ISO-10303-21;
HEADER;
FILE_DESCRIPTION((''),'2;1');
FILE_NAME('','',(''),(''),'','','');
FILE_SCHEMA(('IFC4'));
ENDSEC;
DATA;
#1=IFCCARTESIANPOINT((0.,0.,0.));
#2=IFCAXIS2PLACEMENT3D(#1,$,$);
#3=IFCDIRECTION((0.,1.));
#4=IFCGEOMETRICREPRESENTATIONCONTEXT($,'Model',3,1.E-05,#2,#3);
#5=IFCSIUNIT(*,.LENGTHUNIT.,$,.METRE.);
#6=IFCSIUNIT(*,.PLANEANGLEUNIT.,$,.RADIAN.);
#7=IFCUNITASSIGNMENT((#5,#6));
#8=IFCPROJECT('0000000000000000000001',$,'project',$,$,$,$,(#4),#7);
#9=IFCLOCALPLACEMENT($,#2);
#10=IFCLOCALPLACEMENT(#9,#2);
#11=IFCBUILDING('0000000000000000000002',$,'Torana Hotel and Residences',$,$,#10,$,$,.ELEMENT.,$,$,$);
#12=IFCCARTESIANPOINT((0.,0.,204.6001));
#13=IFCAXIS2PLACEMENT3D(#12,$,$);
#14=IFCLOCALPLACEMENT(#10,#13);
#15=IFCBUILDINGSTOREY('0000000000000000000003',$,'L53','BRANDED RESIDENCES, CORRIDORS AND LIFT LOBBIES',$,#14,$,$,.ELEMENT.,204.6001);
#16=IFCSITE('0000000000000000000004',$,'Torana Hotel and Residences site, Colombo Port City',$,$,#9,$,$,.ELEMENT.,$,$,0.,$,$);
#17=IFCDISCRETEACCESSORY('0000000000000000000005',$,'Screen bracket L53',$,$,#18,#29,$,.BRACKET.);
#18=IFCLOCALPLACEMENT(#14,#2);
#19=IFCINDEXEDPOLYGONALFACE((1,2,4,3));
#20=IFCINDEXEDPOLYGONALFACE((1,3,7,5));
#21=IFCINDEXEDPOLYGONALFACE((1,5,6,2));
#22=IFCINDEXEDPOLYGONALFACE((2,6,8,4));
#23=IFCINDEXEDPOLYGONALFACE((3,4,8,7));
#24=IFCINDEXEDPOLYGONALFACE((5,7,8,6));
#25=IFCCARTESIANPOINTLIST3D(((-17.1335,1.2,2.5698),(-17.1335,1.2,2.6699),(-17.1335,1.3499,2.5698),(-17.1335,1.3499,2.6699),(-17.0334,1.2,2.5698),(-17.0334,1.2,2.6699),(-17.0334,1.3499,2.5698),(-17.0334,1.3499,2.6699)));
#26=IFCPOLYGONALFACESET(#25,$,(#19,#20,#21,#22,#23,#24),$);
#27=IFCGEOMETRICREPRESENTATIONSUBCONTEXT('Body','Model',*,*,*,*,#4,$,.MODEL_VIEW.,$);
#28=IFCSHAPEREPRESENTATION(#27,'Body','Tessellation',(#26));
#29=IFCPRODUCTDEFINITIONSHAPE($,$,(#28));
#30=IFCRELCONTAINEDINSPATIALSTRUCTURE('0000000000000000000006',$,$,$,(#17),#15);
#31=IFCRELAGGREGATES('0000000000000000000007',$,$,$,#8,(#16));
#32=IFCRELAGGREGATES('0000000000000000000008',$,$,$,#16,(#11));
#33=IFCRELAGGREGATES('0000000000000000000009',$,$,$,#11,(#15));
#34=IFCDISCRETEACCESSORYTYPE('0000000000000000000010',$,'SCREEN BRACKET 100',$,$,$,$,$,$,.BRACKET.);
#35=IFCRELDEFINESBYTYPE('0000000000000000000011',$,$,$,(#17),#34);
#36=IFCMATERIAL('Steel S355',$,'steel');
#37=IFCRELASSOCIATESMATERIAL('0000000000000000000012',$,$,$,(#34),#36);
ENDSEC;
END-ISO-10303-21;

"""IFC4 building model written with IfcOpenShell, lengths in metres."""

from ifc_helpers import new_model, si_unit, direction, frame, origin, origin_2d, place, context, subcontext, project, spatial, rectangle, extrude, material, type_object, element, save


model = new_model("IFC4")

# Units and contexts
model_context = context("Model", 3, precision=1e-05, world=origin(), true_north=direction((0.0, 1.0)))
body_context = subcontext(model_context, "Body", "Model", "MODEL_VIEW")
ifc_project = project(units=[si_unit("LENGTHUNIT", "METRE"), si_unit("PLANEANGLEUNIT", "RADIAN")], contexts=[model_context])

# Site, building, storey
site_placement = place(None, origin())
site = spatial("IfcSite", under=ifc_project, at=site_placement, Name="Torana Hotel and Residences site, Colombo Port City", CompositionType="ELEMENT", RefElevation=0.0)
building_placement = place(site_placement, origin())
building = spatial("IfcBuilding", under=site, at=building_placement, Name="Torana Hotel and Residences", CompositionType="ELEMENT")
storey_placement = place(building_placement, frame((0.0, 0.0, 204.6001)))
storey = spatial("IfcBuildingStorey", under=building, at=storey_placement, Name="L53", Description="BRANDED RESIDENCES, CORRIDORS AND LIFT LOBBIES", CompositionType="ELEMENT", Elevation=204.6001)

# Discrete accessory
ifc_material_1 = material(Name="Steel S355", Category="steel")
discrete_accessory_type = type_object("IfcDiscreteAccessoryType", Name="SCREEN BRACKET 100", PredefinedType="BRACKET", material=ifc_material_1)
for number, where, z_axis, x_axis, name in (
    (1, (-17.0835, 1.2749, 2.5698), (0.0, 0.0, 1.0), (-1.0, 0.0, 0.0), "Screen bracket L53"),
):
    element("IfcDiscreteAccessory", number, at=place(storey_placement, frame(where, z_axis=z_axis, x_axis=x_axis)), inside=storey, type_object=discrete_accessory_type, Name=name, PredefinedType="BRACKET", context=body_context, shape_type="SweptSolid", body=[
        extrude(rectangle(XDim=0.1001, YDim=0.1499, at=origin_2d()), origin(), (0.0, 0.0, 1.0), 0.1001),
    ])

save(model, "model.ifc")
